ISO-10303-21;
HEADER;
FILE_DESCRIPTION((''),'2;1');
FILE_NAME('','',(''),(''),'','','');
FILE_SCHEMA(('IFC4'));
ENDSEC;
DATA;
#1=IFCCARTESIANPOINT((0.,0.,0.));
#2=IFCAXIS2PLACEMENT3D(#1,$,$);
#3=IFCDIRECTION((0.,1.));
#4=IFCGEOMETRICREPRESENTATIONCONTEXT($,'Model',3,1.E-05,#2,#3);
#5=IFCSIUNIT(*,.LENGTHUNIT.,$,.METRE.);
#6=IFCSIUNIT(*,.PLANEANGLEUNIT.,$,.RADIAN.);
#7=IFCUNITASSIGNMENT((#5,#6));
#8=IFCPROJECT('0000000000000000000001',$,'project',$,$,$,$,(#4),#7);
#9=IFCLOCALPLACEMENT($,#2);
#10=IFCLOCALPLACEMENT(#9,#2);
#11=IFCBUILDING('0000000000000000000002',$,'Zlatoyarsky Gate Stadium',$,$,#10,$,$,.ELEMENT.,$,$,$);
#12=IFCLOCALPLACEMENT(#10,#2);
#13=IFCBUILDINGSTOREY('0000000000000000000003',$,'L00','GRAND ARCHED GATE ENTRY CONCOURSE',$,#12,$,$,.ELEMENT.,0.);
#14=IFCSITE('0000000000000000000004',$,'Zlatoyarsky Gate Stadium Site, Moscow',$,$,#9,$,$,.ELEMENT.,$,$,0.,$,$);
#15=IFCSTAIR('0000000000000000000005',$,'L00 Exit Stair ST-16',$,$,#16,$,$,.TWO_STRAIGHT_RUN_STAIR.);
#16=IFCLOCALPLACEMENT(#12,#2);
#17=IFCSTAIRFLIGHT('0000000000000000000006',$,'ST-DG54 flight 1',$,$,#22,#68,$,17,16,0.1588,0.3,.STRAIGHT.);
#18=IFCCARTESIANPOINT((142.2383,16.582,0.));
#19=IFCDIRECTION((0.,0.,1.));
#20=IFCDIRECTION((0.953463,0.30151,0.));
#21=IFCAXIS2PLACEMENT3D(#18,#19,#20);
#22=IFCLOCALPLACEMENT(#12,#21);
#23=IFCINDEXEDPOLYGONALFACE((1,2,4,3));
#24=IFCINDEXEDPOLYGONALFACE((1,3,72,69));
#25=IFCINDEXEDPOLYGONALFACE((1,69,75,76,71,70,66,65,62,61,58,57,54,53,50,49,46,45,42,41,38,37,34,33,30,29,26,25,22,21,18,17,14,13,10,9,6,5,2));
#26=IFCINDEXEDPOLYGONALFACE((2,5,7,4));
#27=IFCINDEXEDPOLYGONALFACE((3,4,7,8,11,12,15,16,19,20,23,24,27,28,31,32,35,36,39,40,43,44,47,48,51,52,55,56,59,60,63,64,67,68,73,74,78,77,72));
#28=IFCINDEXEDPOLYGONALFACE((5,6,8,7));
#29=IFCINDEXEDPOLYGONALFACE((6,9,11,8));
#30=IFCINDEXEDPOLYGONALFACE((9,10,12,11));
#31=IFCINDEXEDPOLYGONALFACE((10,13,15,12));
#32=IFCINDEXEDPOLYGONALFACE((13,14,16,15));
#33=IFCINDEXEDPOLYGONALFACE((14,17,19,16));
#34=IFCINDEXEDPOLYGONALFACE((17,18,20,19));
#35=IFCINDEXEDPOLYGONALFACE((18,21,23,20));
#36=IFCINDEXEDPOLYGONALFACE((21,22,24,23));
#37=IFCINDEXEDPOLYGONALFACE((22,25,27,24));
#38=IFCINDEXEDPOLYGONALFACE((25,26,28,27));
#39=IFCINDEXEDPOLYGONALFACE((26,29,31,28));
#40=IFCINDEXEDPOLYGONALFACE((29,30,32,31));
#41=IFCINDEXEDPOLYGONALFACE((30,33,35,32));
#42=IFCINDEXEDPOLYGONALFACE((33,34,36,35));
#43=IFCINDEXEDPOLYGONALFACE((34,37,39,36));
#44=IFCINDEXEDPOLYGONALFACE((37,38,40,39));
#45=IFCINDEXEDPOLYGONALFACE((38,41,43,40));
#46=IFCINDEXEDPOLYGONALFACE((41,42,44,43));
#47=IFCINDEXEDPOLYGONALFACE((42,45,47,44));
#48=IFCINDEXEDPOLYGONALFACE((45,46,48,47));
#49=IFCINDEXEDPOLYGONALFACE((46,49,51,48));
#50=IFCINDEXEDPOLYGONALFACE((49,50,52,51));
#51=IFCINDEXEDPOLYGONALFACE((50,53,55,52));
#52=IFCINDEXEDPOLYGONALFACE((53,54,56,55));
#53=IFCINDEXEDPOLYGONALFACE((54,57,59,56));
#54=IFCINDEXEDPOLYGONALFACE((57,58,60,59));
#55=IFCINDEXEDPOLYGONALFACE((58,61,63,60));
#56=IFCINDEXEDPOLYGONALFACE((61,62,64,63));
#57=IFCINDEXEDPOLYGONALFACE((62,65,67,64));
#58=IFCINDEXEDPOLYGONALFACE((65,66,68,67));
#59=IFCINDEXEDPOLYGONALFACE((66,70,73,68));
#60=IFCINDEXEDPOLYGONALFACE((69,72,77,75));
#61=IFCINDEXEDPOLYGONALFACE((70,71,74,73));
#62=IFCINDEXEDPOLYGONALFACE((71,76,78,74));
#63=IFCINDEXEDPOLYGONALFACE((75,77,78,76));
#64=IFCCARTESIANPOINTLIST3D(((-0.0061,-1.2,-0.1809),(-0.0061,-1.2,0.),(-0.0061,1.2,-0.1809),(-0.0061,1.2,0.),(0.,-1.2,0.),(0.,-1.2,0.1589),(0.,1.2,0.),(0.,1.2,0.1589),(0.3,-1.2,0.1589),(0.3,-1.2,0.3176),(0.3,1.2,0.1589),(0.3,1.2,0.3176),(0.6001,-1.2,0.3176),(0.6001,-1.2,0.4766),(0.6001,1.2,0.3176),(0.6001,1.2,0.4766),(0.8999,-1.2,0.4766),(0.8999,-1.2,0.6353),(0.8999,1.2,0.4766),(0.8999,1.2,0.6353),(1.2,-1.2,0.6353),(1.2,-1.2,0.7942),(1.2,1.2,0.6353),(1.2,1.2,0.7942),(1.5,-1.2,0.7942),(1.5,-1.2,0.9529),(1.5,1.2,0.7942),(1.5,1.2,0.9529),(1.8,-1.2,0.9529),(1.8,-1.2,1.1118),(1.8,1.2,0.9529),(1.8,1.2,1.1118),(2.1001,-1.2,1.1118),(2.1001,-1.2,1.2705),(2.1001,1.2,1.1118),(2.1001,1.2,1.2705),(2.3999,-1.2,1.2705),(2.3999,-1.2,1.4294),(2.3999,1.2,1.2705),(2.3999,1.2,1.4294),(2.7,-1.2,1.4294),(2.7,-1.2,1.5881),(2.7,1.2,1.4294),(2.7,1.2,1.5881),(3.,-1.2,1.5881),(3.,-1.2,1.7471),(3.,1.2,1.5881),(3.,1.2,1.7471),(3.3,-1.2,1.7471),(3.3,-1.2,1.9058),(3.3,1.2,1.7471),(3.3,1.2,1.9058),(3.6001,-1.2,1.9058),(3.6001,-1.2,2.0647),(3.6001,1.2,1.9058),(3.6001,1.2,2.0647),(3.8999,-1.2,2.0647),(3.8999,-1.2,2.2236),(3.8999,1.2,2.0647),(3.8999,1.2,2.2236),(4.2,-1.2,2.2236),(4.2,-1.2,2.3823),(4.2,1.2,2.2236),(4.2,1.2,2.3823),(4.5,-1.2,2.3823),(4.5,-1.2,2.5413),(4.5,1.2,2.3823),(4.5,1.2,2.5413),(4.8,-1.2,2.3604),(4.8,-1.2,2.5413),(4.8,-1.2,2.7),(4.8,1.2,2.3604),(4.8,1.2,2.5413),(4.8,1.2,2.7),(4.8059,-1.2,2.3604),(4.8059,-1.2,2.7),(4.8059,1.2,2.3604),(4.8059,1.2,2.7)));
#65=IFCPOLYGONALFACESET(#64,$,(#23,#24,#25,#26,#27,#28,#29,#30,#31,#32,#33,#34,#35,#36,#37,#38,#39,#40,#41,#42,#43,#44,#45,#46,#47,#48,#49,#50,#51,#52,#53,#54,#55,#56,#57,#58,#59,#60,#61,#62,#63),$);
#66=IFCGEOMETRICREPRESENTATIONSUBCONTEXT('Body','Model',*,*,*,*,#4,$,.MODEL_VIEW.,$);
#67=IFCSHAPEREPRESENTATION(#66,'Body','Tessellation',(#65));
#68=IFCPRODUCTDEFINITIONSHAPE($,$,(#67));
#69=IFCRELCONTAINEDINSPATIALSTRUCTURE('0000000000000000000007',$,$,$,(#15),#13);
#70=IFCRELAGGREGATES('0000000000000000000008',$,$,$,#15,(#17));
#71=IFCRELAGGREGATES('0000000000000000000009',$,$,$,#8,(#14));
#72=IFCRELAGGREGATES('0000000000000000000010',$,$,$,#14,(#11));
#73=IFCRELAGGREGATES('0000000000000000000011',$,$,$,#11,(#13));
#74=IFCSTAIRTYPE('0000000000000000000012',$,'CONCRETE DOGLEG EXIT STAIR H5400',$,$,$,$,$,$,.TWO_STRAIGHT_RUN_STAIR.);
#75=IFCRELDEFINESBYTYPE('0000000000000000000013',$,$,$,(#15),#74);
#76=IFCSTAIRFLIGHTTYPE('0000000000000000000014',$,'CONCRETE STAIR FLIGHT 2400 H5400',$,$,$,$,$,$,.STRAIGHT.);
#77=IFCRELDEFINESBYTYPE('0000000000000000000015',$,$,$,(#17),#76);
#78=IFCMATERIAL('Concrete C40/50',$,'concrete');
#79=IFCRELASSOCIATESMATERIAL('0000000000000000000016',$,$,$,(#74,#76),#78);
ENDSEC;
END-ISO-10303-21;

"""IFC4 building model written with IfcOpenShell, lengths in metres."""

from ifc_helpers import new_model, si_unit, direction, frame, origin, place, context, subcontext, project, spatial, polyline, outline, extrude, material, type_object, element, aggregate, save


model = new_model("IFC4")

# Units and contexts
model_context = context("Model", 3, precision=1e-05, world=origin(), true_north=direction((0.0, 1.0)))
body_context = subcontext(model_context, "Body", "Model", "MODEL_VIEW")
ifc_project = project(units=[si_unit("LENGTHUNIT", "METRE"), si_unit("PLANEANGLEUNIT", "RADIAN")], contexts=[model_context])

# Site, building, storey
site_placement = place(None, origin())
site = spatial("IfcSite", under=ifc_project, at=site_placement, Name="Zlatoyarsky Gate Stadium Site, Moscow", CompositionType="ELEMENT", RefElevation=0.0)
building_placement = place(site_placement, origin())
building = spatial("IfcBuilding", under=site, at=building_placement, Name="Zlatoyarsky Gate Stadium", CompositionType="ELEMENT")
storey_placement = place(building_placement, origin())
storey = spatial("IfcBuildingStorey", under=building, at=storey_placement, Name="L00", Description="GRAND ARCHED GATE ENTRY CONCOURSE", CompositionType="ELEMENT", Elevation=0.0)

# Shared definitions
ifc_material_1 = material(Name="Concrete C40/50", Category="concrete")

# Stair, stair flight
stair_type = type_object("IfcStairType", Name="CONCRETE DOGLEG EXIT STAIR H5400", PredefinedType="TWO_STRAIGHT_RUN_STAIR", material=ifc_material_1)
stair_placement = place(storey_placement, origin())
stair = element("IfcStair", 1, at=stair_placement, inside=storey, type_object=stair_type, Name="L00 Exit Stair ST-16", PredefinedType="TWO_STRAIGHT_RUN_STAIR")
stair_flight_type = type_object("IfcStairFlightType", Name="CONCRETE STAIR FLIGHT 2400 H5400", PredefinedType="STRAIGHT", material=ifc_material_1)
stair_flight_placement = place(storey_placement, frame((142.2383, 16.582, 0.0), z_axis=(0.0, 0.0, 1.0), x_axis=(0.953463, 0.30151, 0.0)))
stair_flight = element("IfcStairFlight", 2, at=stair_flight_placement, type_object=stair_flight_type, Name="ST-DG54 flight 1", NumberOfRisers=17, NumberOfTreads=16, PredefinedType="STRAIGHT", RiserHeight=0.1588, TreadLength=0.3, context=body_context, shape_type="SweptSolid", body=[
    extrude(outline(polyline([(-0.0061, -0.1809), (-0.0061, 0.0), (0.0, 0.0), (0.0, 0.1589), (0.3, 0.1589), (0.3, 0.3176), (0.6001, 0.3176), (0.6001, 0.4766), (0.8999, 0.4766), (0.8999, 0.6353), (1.2, 0.6353), (1.2, 0.7942), (1.5, 0.7942), (1.5, 0.9529), (1.8, 0.9529), (1.8, 1.1118), (2.1001, 1.1118), (2.1001, 1.2705), (2.3999, 1.2705), (2.3999, 1.4294), (2.7, 1.4294), (2.7, 1.5881), (3.0, 1.5881), (3.0, 1.7471), (3.3, 1.7471), (3.3, 1.9058), (3.6001, 1.9058), (3.6001, 2.0647), (3.8999, 2.0647), (3.8999, 2.2236), (4.2, 2.2236), (4.2, 2.3823), (4.5, 2.3823), (4.5, 2.5413), (4.8, 2.5413), (4.8, 2.7), (4.8059, 2.7), (4.8059, 2.3604), (4.8, 2.3604), (-0.0061, -0.1809)])), frame((0.0, 1.2, 0.0), z_axis=(0.0, -1.0, 0.0), x_axis=(1.0, 0.0, 0.0)), (0.0, 0.0, 1.0), 2.3999),
])
aggregate(stair, [stair_flight])

save(model, "model.ifc")
